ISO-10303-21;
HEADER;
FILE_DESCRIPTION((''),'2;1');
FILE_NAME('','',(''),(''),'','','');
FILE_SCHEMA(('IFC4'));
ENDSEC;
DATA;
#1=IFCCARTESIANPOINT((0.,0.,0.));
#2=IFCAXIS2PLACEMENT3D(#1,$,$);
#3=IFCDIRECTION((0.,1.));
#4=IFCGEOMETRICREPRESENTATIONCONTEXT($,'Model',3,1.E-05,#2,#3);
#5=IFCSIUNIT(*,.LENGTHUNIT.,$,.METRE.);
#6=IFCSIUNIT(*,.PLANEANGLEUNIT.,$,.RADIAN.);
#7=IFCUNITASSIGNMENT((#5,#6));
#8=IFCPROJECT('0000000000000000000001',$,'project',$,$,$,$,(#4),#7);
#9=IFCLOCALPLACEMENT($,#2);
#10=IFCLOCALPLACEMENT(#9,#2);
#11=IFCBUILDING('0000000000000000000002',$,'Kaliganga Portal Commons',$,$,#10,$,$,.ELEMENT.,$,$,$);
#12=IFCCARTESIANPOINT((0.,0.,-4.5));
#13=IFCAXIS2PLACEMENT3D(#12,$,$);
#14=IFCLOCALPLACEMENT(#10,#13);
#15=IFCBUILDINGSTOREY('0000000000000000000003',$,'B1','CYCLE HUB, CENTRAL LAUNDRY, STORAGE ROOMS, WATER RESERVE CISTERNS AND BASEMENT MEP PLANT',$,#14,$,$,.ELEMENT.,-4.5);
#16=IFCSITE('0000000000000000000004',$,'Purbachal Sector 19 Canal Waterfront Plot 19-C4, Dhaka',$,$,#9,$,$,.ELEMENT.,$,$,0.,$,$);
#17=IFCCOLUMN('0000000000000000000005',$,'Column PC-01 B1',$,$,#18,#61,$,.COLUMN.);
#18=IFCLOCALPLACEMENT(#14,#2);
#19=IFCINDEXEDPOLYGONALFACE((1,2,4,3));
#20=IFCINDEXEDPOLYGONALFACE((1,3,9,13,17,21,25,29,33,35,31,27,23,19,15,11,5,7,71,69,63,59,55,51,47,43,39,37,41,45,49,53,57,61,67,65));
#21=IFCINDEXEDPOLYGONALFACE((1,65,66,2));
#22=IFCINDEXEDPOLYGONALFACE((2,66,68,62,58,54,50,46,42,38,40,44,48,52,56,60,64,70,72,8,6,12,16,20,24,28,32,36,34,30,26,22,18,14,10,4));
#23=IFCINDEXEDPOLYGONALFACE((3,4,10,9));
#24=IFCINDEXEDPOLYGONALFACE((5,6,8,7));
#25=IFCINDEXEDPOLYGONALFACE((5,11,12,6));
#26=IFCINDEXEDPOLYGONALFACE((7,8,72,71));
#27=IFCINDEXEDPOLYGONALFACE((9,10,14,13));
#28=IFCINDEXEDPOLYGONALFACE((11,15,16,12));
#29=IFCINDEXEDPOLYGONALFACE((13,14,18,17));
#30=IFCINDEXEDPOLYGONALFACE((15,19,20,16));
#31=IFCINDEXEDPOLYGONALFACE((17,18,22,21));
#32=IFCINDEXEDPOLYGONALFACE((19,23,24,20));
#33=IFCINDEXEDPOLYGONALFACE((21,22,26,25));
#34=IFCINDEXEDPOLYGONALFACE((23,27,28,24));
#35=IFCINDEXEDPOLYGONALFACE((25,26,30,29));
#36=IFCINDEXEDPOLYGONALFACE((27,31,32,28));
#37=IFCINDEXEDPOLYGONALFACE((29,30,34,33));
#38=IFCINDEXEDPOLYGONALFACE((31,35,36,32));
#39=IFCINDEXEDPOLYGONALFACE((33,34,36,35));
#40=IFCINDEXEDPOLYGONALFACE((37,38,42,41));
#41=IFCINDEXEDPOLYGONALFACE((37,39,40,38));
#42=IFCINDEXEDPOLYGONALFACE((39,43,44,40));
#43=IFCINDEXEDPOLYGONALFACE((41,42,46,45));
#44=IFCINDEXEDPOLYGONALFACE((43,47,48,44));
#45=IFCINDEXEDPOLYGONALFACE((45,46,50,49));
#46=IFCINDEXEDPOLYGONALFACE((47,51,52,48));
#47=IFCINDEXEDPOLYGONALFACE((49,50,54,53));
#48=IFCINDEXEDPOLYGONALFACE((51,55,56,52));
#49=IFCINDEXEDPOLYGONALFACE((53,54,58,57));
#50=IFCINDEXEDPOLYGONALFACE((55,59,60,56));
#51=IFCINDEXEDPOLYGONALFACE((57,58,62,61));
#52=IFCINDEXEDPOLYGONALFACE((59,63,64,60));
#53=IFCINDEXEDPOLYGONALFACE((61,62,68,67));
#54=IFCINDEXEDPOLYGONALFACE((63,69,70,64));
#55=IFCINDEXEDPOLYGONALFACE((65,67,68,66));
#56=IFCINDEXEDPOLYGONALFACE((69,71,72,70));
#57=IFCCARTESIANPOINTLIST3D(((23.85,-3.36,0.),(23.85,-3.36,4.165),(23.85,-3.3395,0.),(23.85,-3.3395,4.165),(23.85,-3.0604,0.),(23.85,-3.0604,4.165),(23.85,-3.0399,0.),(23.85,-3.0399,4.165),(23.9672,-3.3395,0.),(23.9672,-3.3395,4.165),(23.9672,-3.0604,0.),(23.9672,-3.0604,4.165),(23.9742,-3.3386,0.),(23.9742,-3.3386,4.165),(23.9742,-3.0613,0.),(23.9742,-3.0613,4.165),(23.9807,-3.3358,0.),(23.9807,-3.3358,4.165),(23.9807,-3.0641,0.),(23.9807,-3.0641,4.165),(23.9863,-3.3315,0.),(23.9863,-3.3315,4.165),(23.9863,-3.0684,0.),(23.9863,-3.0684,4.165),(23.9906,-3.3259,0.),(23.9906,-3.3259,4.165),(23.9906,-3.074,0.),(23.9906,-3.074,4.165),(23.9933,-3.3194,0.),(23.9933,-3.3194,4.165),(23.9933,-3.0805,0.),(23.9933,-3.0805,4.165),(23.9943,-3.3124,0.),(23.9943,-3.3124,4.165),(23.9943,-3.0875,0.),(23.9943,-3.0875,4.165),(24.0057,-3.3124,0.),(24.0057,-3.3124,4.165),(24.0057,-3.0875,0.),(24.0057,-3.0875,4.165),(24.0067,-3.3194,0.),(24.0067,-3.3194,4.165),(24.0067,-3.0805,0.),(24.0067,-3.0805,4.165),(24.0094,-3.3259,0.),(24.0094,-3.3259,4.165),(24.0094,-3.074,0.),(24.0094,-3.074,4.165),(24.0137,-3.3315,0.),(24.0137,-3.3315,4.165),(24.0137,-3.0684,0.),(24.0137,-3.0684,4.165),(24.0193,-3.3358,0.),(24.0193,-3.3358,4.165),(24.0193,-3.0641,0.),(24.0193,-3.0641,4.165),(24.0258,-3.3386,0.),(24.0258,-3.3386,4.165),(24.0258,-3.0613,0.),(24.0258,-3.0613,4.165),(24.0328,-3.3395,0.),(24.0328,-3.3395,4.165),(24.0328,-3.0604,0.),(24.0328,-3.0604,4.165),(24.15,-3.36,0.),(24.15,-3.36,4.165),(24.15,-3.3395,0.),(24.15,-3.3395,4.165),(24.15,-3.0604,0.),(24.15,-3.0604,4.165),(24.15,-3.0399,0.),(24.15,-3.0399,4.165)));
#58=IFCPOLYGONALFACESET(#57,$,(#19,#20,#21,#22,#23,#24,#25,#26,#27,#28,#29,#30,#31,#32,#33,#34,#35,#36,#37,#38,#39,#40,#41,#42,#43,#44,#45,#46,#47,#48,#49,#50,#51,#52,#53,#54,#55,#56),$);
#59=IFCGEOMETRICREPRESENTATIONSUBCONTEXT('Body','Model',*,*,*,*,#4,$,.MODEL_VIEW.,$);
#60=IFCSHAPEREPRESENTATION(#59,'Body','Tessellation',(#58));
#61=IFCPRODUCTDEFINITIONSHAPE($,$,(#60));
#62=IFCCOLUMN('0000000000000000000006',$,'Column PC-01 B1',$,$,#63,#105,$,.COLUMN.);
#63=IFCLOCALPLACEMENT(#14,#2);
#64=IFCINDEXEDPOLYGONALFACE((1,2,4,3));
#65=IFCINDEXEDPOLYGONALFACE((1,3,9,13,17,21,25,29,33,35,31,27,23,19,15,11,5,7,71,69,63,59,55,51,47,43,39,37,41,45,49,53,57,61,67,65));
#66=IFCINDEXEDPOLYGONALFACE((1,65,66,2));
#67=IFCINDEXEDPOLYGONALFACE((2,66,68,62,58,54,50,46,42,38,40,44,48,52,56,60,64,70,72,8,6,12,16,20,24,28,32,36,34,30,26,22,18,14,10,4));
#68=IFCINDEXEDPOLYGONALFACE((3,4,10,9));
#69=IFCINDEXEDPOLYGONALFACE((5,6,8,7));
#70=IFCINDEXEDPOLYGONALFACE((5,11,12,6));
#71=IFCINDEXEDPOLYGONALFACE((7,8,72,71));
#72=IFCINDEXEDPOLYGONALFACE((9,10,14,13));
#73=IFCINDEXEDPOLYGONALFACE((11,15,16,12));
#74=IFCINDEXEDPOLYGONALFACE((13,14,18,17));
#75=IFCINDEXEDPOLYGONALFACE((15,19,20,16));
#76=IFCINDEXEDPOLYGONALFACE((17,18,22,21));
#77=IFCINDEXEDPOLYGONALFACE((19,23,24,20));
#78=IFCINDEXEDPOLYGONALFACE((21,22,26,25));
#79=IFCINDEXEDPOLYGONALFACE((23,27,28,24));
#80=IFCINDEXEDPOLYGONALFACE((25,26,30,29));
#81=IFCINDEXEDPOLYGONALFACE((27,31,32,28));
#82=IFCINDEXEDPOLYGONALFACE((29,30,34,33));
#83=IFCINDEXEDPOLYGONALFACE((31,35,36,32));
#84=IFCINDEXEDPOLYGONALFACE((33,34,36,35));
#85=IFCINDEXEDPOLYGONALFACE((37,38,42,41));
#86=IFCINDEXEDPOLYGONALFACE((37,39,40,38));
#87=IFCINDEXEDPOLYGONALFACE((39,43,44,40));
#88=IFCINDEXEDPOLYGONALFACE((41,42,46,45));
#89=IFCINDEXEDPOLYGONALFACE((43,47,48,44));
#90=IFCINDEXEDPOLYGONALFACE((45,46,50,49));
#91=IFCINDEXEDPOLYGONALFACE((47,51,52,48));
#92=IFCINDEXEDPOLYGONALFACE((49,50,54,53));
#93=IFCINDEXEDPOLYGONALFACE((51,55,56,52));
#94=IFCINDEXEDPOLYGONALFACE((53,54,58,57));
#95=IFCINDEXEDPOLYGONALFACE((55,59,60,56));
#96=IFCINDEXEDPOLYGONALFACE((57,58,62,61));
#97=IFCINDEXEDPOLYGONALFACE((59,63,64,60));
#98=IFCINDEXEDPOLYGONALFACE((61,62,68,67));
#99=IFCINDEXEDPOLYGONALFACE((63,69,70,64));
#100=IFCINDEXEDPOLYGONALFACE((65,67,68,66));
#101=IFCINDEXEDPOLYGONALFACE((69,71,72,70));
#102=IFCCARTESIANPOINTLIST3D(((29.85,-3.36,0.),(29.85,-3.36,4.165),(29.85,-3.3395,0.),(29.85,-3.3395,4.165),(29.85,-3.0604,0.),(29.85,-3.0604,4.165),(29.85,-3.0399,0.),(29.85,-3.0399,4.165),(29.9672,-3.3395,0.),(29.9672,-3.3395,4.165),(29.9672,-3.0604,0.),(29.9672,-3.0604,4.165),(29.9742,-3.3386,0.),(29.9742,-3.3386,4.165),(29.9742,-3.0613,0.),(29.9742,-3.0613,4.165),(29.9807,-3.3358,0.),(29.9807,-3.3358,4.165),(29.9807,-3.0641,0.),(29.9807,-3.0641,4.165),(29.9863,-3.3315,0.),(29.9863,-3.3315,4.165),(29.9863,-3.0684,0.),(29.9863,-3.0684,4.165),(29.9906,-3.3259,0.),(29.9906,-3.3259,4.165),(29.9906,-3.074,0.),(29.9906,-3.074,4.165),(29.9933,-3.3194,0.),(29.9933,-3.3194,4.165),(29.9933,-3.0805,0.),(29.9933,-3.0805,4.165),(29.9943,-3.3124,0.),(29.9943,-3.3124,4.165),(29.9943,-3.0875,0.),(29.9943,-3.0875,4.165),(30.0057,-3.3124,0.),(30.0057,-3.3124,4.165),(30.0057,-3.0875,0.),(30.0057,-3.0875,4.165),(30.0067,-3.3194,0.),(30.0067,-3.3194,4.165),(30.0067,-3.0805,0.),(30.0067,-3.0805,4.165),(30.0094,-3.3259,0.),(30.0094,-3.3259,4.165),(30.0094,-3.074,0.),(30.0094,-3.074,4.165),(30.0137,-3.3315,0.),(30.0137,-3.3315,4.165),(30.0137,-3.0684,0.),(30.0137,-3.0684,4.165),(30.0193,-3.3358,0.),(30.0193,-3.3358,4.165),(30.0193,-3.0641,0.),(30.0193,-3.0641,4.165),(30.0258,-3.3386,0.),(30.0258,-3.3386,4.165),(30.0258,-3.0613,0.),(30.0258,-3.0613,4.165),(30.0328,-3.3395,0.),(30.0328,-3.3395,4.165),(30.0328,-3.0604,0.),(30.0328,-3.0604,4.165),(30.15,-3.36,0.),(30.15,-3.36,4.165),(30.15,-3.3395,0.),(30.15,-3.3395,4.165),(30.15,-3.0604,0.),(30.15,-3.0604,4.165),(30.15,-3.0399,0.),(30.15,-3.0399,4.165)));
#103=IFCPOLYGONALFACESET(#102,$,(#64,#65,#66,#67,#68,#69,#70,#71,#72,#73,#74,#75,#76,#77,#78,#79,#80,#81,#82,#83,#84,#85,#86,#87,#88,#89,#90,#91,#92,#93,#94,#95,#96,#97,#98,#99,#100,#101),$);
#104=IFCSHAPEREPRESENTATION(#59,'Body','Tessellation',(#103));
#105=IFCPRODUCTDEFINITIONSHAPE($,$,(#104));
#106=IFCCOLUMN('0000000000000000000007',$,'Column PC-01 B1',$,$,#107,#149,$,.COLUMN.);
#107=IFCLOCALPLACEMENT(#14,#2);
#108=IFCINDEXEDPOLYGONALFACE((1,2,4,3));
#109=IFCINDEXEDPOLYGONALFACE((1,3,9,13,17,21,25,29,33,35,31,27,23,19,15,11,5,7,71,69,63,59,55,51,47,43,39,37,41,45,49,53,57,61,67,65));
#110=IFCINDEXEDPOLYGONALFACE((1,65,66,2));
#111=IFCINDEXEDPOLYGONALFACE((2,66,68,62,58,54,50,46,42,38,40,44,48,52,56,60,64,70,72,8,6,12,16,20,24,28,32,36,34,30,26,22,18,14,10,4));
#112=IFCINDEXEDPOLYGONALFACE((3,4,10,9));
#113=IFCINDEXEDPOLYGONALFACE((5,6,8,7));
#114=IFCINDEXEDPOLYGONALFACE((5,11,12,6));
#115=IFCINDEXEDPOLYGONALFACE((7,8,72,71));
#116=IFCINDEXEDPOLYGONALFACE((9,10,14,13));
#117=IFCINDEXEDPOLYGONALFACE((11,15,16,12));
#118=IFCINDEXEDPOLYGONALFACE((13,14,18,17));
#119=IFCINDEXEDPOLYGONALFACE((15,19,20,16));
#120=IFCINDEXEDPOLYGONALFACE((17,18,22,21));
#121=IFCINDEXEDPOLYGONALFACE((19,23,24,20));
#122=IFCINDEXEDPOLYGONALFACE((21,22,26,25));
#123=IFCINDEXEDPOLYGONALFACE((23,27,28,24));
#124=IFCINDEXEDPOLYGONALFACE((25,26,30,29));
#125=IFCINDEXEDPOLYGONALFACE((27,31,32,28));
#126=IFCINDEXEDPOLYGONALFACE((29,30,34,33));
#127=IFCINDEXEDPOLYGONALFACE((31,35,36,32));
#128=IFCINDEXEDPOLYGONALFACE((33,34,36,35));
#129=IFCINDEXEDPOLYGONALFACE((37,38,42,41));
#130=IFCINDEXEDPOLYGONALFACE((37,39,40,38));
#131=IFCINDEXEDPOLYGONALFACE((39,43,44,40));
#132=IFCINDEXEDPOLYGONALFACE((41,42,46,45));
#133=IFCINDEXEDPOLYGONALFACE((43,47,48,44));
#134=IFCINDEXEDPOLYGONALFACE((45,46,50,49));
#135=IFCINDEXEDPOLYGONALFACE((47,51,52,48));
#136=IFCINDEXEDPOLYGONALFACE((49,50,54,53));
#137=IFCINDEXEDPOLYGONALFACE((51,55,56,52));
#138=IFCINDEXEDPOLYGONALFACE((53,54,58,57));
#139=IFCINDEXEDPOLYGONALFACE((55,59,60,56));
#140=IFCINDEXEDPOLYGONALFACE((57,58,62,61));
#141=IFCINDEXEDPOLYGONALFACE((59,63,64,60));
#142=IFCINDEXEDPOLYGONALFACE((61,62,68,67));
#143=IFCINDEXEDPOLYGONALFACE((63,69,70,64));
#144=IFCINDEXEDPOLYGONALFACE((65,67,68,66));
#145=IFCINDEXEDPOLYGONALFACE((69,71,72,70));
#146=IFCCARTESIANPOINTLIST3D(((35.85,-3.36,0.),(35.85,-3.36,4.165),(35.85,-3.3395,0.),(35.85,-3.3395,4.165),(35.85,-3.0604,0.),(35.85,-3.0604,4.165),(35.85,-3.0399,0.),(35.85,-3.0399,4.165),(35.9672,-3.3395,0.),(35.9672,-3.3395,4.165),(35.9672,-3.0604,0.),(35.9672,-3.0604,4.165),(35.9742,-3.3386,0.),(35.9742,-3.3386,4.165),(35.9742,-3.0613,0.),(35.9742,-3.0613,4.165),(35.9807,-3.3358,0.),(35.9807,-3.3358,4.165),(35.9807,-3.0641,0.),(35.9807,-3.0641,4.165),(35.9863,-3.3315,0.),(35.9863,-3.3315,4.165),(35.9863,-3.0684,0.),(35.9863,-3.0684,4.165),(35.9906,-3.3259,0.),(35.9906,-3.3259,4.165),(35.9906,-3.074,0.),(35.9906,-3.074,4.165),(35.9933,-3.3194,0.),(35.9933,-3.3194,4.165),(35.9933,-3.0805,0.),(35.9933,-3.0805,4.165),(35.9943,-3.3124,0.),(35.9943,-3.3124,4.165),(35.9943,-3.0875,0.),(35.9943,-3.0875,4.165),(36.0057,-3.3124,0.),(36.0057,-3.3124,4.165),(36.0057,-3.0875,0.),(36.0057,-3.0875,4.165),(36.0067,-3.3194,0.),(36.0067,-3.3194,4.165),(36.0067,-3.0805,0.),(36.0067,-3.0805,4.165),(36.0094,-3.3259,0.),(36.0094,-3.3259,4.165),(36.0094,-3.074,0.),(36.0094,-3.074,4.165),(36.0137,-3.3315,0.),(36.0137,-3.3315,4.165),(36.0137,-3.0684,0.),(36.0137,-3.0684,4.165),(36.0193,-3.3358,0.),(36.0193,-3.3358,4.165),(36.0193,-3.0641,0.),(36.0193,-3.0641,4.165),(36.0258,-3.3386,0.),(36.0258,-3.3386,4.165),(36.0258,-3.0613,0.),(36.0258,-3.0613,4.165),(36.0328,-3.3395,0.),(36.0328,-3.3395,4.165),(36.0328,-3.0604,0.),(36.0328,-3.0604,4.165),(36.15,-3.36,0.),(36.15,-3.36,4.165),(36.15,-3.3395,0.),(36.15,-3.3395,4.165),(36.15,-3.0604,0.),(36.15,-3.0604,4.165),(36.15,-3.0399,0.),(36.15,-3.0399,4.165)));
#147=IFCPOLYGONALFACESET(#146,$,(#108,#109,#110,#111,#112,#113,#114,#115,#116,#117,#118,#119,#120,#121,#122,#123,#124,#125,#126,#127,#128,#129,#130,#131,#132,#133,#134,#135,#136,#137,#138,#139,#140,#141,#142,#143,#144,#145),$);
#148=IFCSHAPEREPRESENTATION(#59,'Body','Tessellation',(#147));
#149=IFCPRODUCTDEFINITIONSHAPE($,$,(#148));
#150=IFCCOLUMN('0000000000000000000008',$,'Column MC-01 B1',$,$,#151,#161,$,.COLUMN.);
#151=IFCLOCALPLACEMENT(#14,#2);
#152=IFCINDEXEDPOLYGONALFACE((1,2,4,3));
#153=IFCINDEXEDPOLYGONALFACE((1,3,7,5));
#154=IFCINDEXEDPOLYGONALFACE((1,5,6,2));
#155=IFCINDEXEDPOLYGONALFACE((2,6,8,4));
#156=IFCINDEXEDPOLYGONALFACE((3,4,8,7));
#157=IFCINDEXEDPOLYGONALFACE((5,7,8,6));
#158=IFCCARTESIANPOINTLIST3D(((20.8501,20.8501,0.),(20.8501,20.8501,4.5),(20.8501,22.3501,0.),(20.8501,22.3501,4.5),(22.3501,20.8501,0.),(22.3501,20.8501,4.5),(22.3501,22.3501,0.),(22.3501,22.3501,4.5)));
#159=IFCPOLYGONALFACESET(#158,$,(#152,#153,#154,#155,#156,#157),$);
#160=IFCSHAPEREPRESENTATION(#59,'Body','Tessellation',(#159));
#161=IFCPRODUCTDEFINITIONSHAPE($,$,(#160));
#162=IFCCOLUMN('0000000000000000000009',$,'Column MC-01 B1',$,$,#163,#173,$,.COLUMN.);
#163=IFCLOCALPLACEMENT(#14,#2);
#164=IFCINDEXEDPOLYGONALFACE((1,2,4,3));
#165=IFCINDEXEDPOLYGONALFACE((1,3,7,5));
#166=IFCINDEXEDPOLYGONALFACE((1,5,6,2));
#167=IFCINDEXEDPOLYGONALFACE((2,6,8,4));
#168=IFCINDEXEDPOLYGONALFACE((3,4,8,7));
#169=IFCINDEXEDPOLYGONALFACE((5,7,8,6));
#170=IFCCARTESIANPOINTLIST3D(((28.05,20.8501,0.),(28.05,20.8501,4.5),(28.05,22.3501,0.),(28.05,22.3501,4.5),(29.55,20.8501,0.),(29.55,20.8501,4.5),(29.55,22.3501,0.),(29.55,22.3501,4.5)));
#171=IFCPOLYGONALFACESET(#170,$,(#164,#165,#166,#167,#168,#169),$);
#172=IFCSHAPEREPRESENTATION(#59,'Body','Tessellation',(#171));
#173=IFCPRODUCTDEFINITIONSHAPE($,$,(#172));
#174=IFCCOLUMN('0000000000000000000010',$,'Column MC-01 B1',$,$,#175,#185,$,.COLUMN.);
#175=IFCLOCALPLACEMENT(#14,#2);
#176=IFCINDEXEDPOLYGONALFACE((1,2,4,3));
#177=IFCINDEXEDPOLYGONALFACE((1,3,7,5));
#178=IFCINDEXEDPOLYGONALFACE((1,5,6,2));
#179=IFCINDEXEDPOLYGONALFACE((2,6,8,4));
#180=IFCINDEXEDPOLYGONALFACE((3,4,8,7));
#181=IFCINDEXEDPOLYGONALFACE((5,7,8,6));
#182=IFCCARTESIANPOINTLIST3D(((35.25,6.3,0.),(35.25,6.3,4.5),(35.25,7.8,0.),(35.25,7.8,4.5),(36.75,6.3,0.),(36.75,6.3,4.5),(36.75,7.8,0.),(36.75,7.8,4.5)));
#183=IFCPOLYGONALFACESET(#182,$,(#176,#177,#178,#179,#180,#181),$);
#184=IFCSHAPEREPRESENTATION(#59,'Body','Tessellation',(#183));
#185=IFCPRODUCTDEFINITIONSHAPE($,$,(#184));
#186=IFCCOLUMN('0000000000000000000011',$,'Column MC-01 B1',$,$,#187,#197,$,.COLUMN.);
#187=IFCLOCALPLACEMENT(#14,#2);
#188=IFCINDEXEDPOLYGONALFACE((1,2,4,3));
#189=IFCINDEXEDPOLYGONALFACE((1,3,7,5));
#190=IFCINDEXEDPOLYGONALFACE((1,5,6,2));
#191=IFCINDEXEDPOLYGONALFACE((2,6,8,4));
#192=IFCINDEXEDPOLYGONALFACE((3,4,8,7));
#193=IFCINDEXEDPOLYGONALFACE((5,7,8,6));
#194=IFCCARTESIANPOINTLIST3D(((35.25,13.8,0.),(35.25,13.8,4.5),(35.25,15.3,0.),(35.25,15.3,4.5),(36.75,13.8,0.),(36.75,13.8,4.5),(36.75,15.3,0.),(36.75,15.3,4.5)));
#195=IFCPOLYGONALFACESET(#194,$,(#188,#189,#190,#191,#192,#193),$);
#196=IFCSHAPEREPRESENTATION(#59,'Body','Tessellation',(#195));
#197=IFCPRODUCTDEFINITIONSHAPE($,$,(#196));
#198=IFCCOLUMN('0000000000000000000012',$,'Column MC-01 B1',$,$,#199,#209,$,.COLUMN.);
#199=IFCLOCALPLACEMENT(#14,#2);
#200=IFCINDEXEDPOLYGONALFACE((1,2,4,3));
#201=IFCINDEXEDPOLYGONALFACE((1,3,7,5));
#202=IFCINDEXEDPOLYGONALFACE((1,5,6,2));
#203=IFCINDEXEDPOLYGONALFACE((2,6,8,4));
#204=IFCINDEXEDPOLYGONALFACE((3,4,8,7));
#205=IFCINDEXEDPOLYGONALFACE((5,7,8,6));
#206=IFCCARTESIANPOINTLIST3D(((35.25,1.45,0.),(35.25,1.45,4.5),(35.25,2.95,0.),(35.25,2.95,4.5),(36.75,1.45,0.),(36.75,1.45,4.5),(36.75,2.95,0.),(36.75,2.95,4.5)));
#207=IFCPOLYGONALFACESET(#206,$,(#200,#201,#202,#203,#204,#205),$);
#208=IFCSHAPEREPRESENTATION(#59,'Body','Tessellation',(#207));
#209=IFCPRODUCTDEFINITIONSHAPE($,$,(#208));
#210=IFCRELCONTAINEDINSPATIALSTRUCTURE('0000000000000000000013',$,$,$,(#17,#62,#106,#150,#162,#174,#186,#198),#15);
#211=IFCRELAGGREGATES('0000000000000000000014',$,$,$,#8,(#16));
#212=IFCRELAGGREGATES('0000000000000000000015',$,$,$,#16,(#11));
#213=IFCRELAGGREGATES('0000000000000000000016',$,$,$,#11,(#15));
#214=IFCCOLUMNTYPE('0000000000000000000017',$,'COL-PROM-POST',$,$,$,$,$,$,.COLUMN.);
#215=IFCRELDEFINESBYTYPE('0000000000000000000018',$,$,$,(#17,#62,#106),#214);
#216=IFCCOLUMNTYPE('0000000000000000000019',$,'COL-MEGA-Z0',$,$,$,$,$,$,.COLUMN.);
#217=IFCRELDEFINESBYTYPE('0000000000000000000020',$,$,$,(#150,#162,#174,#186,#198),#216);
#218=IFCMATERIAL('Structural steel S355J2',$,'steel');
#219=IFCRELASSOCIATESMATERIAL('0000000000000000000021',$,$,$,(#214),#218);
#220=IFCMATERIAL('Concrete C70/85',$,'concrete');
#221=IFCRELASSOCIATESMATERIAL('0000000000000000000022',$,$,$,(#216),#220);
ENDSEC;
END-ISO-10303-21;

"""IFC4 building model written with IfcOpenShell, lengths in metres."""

from ifc_helpers import new_model, si_unit, direction, frame, origin, origin_2d, place, context, subcontext, project, spatial, rectangle, i_section, extrude, source, transform, mapped, material, material_profile, profile_set, type_object, element, save


model = new_model("IFC4")

# Units and contexts
model_context = context("Model", 3, precision=1e-05, world=origin(), true_north=direction((0.0, 1.0)))
body_context = subcontext(model_context, "Body", "Model", "MODEL_VIEW")
ifc_project = project(units=[si_unit("LENGTHUNIT", "METRE"), si_unit("PLANEANGLEUNIT", "RADIAN")], contexts=[model_context])

# Site, building, storey
site_placement = place(None, origin())
site = spatial("IfcSite", under=ifc_project, at=site_placement, Name="Purbachal Sector 19 Canal Waterfront Plot 19-C4, Dhaka", CompositionType="ELEMENT", RefElevation=0.0)
building_placement = place(site_placement, origin())
building = spatial("IfcBuilding", under=site, at=building_placement, Name="Kaliganga Portal Commons", CompositionType="ELEMENT")
storey_placement = place(building_placement, frame((0.0, 0.0, -4.5)))
storey = spatial("IfcBuildingStorey", under=building, at=storey_placement, Name="B1", Description="CYCLE HUB, CENTRAL LAUNDRY, STORAGE ROOMS, WATER RESERVE CISTERNS AND BASEMENT MEP PLANT", CompositionType="ELEMENT", Elevation=-4.5)

# Columns
ifc_material_1 = material(Name="Structural steel S355J2", Category="steel")
ifc_material_profile_1 = material_profile(ifc_material_1, i_section(OverallWidth=0.3, OverallDepth=0.3201, WebThickness=0.0115, FlangeThickness=0.0205, FilletRadius=0.0271, at=origin_2d()), Name="HE 320 B")
ifc_profile_set_1 = profile_set([ifc_material_profile_1], Name="Structural steel S355J2 wide-flange")
column_type_1 = type_object("IfcColumnType", Name="COL-PROM-POST", PredefinedType="COLUMN", material=ifc_profile_set_1)
shared_shape_1 = source(origin(), body_context, "Body", "SweptSolid", [
    extrude(i_section(OverallWidth=0.3, OverallDepth=0.3201, WebThickness=0.0115, FlangeThickness=0.0205, FilletRadius=0.0271, at=origin_2d()), origin(), (0.0, 0.0, 1.0), 4.165),
])
for number, where, z_axis, x_axis, name in (
    (1, (24.0, -3.2, 0.0), (0.0, 0.0, 1.0), (1.0, 0.0, 0.0), "Column PC-01 B1"),
    (2, (30.0, -3.2, 0.0), (0.0, 0.0, 1.0), (1.0, 0.0, 0.0), "Column PC-01 B1"),
    (3, (36.0, -3.2, 0.0), (0.0, 0.0, 1.0), (1.0, 0.0, 0.0), "Column PC-01 B1"),
):
    element("IfcColumn", number, at=place(storey_placement, frame(where, z_axis=z_axis, x_axis=x_axis)), inside=storey, type_object=column_type_1, Name=name, PredefinedType="COLUMN", context=body_context, shape_type="MappedRepresentation", body=[
        mapped(shared_shape_1, transform((0.0, 0.0, 0.0), x_axis=(1.0, 0.0, 0.0), y_axis=(0.0, 1.0, 0.0), z_axis=(0.0, 0.0, 1.0), scale=1.0)),
    ])
ifc_material_2 = material(Name="Concrete C70/85", Category="concrete")
ifc_material_profile_2 = material_profile(ifc_material_2, rectangle(XDim=1.5, YDim=1.5, at=origin_2d()), Name="RC 1500x1500")
ifc_profile_set_2 = profile_set([ifc_material_profile_2], Name="Concrete C70/85")
column_type_2 = type_object("IfcColumnType", Name="COL-MEGA-Z0", PredefinedType="COLUMN", material=ifc_profile_set_2)
shared_shape_2 = source(origin(), body_context, "Body", "SweptSolid", [
    extrude(rectangle(XDim=1.5, YDim=1.5, at=origin_2d()), origin(), (0.0, 0.0, 1.0), 4.5),
])
for number, where, z_axis, x_axis, name in (
    (4, (21.6001, 21.6001, 0.0), (0.0, 0.0, 1.0), (1.0, 0.0, 0.0), "Column MC-01 B1"),
    (5, (28.8, 21.6001, 0.0), (0.0, 0.0, 1.0), (1.0, 0.0, 0.0), "Column MC-01 B1"),
    (6, (36.0, 7.05, 0.0), (0.0, 0.0, 1.0), (1.0, 0.0, 0.0), "Column MC-01 B1"),
    (7, (36.0, 14.55, 0.0), (0.0, 0.0, 1.0), (1.0, 0.0, 0.0), "Column MC-01 B1"),
    (8, (36.0, 2.2, 0.0), (0.0, 0.0, 1.0), (1.0, 0.0, 0.0), "Column MC-01 B1"),
):
    element("IfcColumn", number, at=place(storey_placement, frame(where, z_axis=z_axis, x_axis=x_axis)), inside=storey, type_object=column_type_2, Name=name, PredefinedType="COLUMN", context=body_context, shape_type="MappedRepresentation", body=[
        mapped(shared_shape_2, transform((0.0, 0.0, 0.0), x_axis=(1.0, 0.0, 0.0), y_axis=(0.0, 1.0, 0.0), z_axis=(0.0, 0.0, 1.0), scale=1.0)),
    ])

save(model, "model.ifc")
